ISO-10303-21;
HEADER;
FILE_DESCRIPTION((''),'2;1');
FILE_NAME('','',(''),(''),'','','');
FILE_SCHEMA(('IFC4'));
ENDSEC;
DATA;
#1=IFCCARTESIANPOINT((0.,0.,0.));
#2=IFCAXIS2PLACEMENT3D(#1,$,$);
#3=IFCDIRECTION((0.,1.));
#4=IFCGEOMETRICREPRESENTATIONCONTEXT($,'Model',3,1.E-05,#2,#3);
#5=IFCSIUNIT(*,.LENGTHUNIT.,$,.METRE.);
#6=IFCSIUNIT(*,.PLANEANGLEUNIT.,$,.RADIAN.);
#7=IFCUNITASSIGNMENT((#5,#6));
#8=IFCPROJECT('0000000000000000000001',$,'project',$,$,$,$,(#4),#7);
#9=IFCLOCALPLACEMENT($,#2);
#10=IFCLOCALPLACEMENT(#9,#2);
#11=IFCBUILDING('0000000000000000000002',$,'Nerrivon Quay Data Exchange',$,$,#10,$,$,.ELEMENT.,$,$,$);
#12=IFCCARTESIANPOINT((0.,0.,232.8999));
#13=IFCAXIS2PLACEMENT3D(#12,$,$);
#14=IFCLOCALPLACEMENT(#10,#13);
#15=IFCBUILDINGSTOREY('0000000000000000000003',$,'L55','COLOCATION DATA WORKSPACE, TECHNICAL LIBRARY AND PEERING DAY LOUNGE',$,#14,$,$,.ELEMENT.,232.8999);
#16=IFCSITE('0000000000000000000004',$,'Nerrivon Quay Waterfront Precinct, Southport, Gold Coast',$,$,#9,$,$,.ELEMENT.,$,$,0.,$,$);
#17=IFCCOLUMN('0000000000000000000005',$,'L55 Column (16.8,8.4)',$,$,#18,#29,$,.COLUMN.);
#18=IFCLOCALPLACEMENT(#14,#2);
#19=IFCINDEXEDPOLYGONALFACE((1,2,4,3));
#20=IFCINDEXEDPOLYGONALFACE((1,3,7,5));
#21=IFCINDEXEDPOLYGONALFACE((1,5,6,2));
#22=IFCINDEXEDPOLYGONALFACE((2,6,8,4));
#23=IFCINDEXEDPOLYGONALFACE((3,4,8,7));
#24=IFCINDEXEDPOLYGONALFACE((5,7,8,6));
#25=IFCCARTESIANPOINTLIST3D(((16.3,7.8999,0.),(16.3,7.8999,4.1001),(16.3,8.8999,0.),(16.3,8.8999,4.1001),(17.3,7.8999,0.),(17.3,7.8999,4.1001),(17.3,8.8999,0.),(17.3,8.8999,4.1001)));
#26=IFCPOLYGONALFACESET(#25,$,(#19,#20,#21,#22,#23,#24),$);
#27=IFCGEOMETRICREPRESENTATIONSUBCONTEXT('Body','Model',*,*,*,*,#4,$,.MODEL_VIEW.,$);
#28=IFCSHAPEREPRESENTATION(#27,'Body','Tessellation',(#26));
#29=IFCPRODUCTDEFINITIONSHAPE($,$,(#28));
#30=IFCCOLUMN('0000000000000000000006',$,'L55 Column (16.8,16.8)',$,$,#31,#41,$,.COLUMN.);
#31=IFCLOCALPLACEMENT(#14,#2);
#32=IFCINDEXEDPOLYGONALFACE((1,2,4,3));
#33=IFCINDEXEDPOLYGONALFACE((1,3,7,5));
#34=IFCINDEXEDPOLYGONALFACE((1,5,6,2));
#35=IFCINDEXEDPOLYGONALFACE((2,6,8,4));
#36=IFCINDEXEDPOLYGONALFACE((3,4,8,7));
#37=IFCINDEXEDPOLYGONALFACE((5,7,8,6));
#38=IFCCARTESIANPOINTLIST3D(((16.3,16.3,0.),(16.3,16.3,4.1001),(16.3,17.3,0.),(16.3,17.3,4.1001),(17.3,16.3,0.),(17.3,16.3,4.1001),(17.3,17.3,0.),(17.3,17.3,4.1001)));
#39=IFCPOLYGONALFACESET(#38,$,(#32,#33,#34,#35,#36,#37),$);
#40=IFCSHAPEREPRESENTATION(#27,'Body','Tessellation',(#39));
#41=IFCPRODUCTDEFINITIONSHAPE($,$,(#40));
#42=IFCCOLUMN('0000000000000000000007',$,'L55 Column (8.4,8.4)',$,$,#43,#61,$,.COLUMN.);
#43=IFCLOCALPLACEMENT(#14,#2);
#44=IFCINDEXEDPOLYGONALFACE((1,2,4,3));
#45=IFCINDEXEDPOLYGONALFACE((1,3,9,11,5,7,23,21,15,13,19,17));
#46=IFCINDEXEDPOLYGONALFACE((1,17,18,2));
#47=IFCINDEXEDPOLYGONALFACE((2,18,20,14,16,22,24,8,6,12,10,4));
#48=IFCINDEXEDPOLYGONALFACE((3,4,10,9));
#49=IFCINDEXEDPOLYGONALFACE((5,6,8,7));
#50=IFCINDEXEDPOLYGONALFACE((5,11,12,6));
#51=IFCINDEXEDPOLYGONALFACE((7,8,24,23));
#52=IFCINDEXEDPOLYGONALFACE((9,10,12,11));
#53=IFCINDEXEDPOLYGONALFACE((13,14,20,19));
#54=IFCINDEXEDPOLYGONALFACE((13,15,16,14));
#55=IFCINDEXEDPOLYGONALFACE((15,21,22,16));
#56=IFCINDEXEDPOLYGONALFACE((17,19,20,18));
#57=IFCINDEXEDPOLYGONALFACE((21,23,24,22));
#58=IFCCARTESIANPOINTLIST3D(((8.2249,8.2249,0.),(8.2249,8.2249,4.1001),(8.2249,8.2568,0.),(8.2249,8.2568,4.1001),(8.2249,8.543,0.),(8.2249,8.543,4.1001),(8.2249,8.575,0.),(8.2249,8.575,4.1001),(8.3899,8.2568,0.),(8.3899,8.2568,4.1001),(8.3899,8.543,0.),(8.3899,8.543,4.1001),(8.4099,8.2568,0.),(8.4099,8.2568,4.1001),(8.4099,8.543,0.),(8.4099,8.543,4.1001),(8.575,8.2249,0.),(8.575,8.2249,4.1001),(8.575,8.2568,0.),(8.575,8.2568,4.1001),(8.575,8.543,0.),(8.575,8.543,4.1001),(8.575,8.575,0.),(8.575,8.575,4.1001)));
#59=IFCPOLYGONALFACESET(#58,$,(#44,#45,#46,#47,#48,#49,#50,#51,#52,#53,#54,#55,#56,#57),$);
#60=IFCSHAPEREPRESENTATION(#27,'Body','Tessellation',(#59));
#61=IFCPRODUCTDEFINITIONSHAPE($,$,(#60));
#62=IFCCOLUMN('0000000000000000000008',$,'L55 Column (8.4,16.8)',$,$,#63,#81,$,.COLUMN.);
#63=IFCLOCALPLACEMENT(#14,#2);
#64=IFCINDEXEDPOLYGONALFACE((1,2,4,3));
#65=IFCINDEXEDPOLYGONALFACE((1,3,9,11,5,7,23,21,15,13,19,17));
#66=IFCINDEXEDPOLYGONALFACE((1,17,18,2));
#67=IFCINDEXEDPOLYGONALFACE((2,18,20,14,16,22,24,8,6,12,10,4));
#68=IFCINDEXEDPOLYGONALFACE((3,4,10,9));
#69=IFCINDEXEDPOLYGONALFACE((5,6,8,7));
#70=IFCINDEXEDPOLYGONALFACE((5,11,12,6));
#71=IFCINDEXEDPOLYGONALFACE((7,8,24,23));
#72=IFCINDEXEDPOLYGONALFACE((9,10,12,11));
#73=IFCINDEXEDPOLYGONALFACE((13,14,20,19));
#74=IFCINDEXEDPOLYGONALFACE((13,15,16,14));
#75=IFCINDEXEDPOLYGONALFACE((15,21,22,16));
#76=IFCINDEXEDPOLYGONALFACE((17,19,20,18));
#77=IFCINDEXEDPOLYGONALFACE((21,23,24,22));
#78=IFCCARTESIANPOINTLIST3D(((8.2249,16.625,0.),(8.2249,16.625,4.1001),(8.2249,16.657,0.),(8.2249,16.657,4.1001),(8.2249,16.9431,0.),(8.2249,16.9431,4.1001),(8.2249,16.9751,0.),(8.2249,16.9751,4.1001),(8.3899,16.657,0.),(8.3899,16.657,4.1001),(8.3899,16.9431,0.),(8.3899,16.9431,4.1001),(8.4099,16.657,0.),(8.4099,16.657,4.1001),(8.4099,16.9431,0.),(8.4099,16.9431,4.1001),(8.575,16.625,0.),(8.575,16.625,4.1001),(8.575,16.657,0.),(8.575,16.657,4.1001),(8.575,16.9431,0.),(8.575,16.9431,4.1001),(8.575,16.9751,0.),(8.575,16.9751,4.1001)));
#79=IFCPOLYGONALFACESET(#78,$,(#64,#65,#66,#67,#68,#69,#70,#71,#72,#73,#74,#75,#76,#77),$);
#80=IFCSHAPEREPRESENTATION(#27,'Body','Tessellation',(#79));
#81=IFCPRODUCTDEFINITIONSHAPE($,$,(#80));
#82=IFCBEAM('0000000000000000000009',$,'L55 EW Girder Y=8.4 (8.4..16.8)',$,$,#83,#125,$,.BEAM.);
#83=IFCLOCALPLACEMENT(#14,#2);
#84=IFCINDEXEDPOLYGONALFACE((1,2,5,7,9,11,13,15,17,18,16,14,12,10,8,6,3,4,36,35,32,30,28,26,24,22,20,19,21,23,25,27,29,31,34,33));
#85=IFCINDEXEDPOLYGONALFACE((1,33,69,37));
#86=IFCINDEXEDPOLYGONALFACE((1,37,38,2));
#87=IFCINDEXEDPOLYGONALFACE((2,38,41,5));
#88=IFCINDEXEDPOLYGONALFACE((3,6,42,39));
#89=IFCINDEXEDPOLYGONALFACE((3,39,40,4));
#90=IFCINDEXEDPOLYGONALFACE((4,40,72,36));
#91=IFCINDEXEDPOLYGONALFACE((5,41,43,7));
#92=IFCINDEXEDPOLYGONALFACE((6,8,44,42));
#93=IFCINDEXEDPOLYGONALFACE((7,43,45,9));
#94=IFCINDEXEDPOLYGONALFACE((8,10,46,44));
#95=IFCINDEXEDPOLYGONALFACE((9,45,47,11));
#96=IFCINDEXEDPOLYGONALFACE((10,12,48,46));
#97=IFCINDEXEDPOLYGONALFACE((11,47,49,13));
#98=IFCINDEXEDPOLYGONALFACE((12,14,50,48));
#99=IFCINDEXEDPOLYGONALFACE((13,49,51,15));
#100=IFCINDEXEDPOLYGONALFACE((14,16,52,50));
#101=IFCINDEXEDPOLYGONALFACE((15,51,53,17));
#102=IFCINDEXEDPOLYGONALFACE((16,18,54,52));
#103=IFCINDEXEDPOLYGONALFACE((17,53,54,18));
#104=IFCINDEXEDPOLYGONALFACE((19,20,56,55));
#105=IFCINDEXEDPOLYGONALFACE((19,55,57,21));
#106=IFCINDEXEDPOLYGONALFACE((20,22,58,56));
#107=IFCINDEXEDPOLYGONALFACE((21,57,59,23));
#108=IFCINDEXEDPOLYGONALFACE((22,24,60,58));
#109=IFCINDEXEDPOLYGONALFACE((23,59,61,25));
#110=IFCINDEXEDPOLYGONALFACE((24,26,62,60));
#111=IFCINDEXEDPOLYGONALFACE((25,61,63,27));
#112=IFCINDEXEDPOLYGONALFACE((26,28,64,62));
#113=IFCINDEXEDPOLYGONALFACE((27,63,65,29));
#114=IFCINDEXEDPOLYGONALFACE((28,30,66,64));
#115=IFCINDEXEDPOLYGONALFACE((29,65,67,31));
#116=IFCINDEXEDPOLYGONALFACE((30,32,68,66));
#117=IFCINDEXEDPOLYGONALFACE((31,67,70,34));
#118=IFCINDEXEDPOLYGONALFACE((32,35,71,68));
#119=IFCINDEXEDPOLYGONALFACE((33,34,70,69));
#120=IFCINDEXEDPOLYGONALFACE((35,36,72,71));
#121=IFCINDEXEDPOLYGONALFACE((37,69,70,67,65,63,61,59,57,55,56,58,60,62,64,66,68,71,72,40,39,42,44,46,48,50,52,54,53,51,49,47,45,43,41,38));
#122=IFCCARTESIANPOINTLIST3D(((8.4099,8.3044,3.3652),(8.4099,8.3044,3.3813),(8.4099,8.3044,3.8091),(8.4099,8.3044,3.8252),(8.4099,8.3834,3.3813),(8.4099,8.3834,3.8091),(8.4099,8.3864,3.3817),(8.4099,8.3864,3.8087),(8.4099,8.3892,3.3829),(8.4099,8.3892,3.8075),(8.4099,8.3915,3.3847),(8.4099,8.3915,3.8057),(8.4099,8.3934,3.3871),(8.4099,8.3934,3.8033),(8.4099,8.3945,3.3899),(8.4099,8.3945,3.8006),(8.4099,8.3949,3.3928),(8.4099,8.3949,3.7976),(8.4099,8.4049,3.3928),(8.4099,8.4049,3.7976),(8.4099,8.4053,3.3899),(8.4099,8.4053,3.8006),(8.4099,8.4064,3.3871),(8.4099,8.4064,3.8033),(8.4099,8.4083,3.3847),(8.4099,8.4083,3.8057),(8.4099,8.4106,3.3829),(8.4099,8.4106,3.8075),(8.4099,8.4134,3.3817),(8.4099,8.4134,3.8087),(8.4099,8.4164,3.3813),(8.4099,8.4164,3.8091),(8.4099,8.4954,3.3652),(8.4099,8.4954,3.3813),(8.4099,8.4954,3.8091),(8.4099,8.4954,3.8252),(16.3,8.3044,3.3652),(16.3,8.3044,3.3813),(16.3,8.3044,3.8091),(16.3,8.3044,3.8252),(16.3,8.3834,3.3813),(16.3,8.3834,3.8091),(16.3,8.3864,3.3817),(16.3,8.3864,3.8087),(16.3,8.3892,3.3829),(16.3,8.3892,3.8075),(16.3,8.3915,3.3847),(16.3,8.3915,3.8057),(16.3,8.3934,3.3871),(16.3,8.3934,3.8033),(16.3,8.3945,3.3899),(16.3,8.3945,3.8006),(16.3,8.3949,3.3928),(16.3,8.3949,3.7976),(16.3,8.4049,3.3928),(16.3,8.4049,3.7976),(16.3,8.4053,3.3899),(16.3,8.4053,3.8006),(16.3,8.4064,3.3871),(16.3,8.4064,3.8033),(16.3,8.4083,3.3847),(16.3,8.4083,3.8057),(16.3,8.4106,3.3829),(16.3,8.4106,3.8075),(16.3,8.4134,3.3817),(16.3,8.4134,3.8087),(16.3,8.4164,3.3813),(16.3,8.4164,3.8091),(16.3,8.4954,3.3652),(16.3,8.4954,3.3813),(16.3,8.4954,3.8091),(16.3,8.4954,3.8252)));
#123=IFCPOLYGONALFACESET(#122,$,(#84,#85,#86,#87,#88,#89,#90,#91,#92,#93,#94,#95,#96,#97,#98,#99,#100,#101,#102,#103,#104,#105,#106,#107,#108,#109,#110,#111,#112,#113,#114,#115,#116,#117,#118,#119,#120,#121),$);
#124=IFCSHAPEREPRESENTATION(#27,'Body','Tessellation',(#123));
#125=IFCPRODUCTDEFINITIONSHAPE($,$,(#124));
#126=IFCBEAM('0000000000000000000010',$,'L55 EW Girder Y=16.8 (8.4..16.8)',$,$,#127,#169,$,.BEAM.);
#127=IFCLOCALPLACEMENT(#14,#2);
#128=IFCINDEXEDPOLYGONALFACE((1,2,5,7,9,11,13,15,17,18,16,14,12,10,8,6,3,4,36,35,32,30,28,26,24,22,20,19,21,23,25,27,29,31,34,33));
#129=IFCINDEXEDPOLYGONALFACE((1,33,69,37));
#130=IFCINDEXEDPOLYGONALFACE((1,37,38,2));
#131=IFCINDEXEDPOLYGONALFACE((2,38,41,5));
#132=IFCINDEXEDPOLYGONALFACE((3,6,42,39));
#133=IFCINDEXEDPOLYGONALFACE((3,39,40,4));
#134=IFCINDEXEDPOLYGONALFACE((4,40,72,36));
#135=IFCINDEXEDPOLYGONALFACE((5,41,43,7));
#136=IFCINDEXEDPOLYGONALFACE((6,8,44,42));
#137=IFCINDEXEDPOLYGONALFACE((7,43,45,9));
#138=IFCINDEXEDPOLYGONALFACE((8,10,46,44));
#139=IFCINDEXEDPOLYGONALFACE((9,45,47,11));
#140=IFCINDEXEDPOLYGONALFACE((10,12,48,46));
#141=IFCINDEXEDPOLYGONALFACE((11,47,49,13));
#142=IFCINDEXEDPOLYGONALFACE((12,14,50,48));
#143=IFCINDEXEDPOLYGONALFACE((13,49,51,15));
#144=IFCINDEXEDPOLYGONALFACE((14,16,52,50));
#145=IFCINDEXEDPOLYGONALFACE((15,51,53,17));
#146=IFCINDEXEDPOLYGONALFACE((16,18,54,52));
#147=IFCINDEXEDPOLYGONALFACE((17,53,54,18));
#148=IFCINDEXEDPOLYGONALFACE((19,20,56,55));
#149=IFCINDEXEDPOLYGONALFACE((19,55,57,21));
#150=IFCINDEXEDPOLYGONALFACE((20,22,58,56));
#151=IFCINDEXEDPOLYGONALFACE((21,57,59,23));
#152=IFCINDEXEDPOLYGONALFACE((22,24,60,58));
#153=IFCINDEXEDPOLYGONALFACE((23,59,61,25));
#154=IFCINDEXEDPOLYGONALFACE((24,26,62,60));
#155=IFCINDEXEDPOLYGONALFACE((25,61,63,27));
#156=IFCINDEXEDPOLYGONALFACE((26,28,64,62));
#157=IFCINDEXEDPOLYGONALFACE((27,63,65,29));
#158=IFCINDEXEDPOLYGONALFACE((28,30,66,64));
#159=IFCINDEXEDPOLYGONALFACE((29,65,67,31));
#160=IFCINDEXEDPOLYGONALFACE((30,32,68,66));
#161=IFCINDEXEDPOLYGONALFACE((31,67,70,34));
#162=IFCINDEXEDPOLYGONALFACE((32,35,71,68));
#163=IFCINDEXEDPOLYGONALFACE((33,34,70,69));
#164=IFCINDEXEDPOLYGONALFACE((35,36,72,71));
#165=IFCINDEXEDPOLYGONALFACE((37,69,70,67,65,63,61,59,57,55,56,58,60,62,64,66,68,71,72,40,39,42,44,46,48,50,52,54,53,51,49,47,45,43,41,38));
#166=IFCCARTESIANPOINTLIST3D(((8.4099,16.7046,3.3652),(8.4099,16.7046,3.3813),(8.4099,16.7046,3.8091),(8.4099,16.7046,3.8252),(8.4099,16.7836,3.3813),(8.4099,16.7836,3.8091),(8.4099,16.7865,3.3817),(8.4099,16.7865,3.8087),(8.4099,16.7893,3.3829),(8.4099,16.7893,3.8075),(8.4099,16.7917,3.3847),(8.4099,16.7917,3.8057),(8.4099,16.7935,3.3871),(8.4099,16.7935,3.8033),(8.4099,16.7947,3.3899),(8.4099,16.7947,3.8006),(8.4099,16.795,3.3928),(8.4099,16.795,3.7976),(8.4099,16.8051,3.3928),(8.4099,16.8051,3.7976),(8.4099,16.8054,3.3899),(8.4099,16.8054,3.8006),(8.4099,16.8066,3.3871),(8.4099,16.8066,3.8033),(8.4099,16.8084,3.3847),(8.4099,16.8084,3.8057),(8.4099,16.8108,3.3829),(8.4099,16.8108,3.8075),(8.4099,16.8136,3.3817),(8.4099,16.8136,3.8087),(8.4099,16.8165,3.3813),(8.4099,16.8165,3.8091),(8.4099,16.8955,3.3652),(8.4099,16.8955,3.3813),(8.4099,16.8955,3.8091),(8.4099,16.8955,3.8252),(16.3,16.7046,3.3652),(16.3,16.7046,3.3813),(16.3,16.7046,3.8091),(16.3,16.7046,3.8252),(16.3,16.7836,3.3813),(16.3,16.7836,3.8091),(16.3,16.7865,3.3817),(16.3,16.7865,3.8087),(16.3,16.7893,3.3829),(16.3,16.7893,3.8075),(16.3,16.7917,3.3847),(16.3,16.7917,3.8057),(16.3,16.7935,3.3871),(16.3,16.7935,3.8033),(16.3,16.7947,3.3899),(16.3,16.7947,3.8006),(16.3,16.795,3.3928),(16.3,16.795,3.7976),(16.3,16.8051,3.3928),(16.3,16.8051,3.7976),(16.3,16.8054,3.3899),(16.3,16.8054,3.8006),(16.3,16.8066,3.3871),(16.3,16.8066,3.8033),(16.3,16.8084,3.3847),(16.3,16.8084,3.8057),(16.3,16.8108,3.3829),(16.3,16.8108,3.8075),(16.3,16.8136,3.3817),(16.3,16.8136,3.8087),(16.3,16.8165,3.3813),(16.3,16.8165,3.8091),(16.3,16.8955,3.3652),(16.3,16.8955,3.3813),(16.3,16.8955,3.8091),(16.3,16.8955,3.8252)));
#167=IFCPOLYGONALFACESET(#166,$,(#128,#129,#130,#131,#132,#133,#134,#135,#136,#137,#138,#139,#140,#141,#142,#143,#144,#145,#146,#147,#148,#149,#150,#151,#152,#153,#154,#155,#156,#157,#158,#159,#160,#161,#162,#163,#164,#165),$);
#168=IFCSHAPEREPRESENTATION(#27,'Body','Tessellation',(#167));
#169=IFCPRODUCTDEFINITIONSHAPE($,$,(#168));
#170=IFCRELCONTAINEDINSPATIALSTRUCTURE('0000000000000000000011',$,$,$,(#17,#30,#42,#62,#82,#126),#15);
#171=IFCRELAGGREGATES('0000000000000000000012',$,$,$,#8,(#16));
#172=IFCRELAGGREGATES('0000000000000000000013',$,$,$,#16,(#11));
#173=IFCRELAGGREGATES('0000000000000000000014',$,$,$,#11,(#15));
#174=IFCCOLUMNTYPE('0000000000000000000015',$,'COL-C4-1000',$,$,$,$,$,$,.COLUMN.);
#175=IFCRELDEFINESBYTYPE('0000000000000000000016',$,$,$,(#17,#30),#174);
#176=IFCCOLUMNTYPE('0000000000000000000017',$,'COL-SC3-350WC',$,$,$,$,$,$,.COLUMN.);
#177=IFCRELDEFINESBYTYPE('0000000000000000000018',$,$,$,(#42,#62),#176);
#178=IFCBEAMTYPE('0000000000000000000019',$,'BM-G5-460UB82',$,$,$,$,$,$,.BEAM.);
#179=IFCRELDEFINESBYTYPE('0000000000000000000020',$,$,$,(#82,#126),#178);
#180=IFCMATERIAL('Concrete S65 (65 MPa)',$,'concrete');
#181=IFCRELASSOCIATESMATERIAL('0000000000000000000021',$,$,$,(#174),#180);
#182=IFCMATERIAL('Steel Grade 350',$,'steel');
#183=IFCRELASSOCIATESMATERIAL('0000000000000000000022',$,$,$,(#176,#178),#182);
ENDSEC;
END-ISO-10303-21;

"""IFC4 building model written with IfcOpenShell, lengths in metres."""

from ifc_helpers import new_model, si_unit, direction, frame, origin, origin_2d, place, context, subcontext, project, spatial, rectangle, i_section, extrude, material, material_profile, profile_set, type_object, element, save


model = new_model("IFC4")

# Units and contexts
model_context = context("Model", 3, precision=1e-05, world=origin(), true_north=direction((0.0, 1.0)))
body_context = subcontext(model_context, "Body", "Model", "MODEL_VIEW")
ifc_project = project(units=[si_unit("LENGTHUNIT", "METRE"), si_unit("PLANEANGLEUNIT", "RADIAN")], contexts=[model_context])

# Site, building, storey
site_placement = place(None, origin())
site = spatial("IfcSite", under=ifc_project, at=site_placement, Name="Nerrivon Quay Waterfront Precinct, Southport, Gold Coast", CompositionType="ELEMENT", RefElevation=0.0)
building_placement = place(site_placement, origin())
building = spatial("IfcBuilding", under=site, at=building_placement, Name="Nerrivon Quay Data Exchange", CompositionType="ELEMENT")
storey_placement = place(building_placement, frame((0.0, 0.0, 232.8999)))
storey = spatial("IfcBuildingStorey", under=building, at=storey_placement, Name="L55", Description="COLOCATION DATA WORKSPACE, TECHNICAL LIBRARY AND PEERING DAY LOUNGE", CompositionType="ELEMENT", Elevation=232.8999)

# Columns
ifc_material_1 = material(Name="Concrete S65 (65 MPa)", Category="concrete")
ifc_material_profile_1 = material_profile(ifc_material_1, rectangle(XDim=1.0, YDim=1.0, at=origin_2d()), Name="RC-COL-1000x1000")
ifc_profile_set_1 = profile_set([ifc_material_profile_1], Name="Concrete S65 (65 MPa)")
column_type_1 = type_object("IfcColumnType", Name="COL-C4-1000", PredefinedType="COLUMN", material=ifc_profile_set_1)
for number, where, z_axis, x_axis, name in (
    (1, (16.8, 8.3999, 0.0), (0.0, 0.0, 1.0), (1.0, 0.0, 0.0), "L55 Column (16.8,8.4)"),
    (2, (16.8, 16.8, 0.0), (0.0, 0.0, 1.0), (1.0, 0.0, 0.0), "L55 Column (16.8,16.8)"),
):
    element("IfcColumn", number, at=place(storey_placement, frame(where, z_axis=z_axis, x_axis=x_axis)), inside=storey, type_object=column_type_1, Name=name, PredefinedType="COLUMN", context=body_context, shape_type="SweptSolid", body=[
        extrude(rectangle(XDim=1.0, YDim=1.0, at=origin_2d()), origin(), (0.0, 0.0, 1.0), 4.1001),
    ])
ifc_material_2 = material(Name="Steel Grade 350", Category="steel")
ifc_material_profile_2 = material_profile(ifc_material_2, i_section(OverallWidth=0.3501, OverallDepth=0.3501, WebThickness=0.02, FlangeThickness=0.032, at=origin_2d()), Name="350WC230")
ifc_profile_set_2 = profile_set([ifc_material_profile_2], Name="Steel Grade 350")
column_type_2 = type_object("IfcColumnType", Name="COL-SC3-350WC", PredefinedType="COLUMN", material=ifc_profile_set_2)
for number, where, z_axis, x_axis, name in (
    (3, (8.3999, 8.3999, 0.0), (0.0, 0.0, 1.0), (1.0, 0.0, 0.0), "L55 Column (8.4,8.4)"),
    (4, (8.3999, 16.8, 0.0), (0.0, 0.0, 1.0), (1.0, 0.0, 0.0), "L55 Column (8.4,16.8)"),
):
    element("IfcColumn", number, at=place(storey_placement, frame(where, z_axis=z_axis, x_axis=x_axis)), inside=storey, type_object=column_type_2, Name=name, PredefinedType="COLUMN", context=body_context, shape_type="SweptSolid", body=[
        extrude(i_section(OverallWidth=0.3501, OverallDepth=0.3501, WebThickness=0.02, FlangeThickness=0.032, at=origin_2d()), origin(), (0.0, 0.0, 1.0), 4.1001),
    ])

# Beams
ifc_material_profile_3 = material_profile(ifc_material_2, i_section(OverallWidth=0.1909, OverallDepth=0.46, WebThickness=0.01, FlangeThickness=0.0161, FilletRadius=0.0115, at=origin_2d()), Name="460UB82.1")
ifc_profile_set_3 = profile_set([ifc_material_profile_3], Name="Steel Grade 350")
beam_type_1 = type_object("IfcBeamType", Name="BM-G5-460UB82", PredefinedType="BEAM", material=ifc_profile_set_3)
for number, where, z_axis, x_axis, name in (
    (5, (8.4099, 8.3999, 3.5952), (1.0, 0.0, 0.0), (0.0, 1.0, 0.0), "L55 EW Girder Y=8.4 (8.4..16.8)"),
    (6, (8.4099, 16.8, 3.5952), (1.0, 0.0, 0.0), (0.0, 1.0, 0.0), "L55 EW Girder Y=16.8 (8.4..16.8)"),
):
    element("IfcBeam", number, at=place(storey_placement, frame(where, z_axis=z_axis, x_axis=x_axis)), inside=storey, type_object=beam_type_1, Name=name, PredefinedType="BEAM", context=body_context, shape_type="SweptSolid", body=[
        extrude(i_section(OverallWidth=0.1909, OverallDepth=0.46, WebThickness=0.01, FlangeThickness=0.0161, FilletRadius=0.0115, at=origin_2d()), origin(), (0.0, 0.0, 1.0), 7.8901),
    ])

save(model, "model.ifc")
